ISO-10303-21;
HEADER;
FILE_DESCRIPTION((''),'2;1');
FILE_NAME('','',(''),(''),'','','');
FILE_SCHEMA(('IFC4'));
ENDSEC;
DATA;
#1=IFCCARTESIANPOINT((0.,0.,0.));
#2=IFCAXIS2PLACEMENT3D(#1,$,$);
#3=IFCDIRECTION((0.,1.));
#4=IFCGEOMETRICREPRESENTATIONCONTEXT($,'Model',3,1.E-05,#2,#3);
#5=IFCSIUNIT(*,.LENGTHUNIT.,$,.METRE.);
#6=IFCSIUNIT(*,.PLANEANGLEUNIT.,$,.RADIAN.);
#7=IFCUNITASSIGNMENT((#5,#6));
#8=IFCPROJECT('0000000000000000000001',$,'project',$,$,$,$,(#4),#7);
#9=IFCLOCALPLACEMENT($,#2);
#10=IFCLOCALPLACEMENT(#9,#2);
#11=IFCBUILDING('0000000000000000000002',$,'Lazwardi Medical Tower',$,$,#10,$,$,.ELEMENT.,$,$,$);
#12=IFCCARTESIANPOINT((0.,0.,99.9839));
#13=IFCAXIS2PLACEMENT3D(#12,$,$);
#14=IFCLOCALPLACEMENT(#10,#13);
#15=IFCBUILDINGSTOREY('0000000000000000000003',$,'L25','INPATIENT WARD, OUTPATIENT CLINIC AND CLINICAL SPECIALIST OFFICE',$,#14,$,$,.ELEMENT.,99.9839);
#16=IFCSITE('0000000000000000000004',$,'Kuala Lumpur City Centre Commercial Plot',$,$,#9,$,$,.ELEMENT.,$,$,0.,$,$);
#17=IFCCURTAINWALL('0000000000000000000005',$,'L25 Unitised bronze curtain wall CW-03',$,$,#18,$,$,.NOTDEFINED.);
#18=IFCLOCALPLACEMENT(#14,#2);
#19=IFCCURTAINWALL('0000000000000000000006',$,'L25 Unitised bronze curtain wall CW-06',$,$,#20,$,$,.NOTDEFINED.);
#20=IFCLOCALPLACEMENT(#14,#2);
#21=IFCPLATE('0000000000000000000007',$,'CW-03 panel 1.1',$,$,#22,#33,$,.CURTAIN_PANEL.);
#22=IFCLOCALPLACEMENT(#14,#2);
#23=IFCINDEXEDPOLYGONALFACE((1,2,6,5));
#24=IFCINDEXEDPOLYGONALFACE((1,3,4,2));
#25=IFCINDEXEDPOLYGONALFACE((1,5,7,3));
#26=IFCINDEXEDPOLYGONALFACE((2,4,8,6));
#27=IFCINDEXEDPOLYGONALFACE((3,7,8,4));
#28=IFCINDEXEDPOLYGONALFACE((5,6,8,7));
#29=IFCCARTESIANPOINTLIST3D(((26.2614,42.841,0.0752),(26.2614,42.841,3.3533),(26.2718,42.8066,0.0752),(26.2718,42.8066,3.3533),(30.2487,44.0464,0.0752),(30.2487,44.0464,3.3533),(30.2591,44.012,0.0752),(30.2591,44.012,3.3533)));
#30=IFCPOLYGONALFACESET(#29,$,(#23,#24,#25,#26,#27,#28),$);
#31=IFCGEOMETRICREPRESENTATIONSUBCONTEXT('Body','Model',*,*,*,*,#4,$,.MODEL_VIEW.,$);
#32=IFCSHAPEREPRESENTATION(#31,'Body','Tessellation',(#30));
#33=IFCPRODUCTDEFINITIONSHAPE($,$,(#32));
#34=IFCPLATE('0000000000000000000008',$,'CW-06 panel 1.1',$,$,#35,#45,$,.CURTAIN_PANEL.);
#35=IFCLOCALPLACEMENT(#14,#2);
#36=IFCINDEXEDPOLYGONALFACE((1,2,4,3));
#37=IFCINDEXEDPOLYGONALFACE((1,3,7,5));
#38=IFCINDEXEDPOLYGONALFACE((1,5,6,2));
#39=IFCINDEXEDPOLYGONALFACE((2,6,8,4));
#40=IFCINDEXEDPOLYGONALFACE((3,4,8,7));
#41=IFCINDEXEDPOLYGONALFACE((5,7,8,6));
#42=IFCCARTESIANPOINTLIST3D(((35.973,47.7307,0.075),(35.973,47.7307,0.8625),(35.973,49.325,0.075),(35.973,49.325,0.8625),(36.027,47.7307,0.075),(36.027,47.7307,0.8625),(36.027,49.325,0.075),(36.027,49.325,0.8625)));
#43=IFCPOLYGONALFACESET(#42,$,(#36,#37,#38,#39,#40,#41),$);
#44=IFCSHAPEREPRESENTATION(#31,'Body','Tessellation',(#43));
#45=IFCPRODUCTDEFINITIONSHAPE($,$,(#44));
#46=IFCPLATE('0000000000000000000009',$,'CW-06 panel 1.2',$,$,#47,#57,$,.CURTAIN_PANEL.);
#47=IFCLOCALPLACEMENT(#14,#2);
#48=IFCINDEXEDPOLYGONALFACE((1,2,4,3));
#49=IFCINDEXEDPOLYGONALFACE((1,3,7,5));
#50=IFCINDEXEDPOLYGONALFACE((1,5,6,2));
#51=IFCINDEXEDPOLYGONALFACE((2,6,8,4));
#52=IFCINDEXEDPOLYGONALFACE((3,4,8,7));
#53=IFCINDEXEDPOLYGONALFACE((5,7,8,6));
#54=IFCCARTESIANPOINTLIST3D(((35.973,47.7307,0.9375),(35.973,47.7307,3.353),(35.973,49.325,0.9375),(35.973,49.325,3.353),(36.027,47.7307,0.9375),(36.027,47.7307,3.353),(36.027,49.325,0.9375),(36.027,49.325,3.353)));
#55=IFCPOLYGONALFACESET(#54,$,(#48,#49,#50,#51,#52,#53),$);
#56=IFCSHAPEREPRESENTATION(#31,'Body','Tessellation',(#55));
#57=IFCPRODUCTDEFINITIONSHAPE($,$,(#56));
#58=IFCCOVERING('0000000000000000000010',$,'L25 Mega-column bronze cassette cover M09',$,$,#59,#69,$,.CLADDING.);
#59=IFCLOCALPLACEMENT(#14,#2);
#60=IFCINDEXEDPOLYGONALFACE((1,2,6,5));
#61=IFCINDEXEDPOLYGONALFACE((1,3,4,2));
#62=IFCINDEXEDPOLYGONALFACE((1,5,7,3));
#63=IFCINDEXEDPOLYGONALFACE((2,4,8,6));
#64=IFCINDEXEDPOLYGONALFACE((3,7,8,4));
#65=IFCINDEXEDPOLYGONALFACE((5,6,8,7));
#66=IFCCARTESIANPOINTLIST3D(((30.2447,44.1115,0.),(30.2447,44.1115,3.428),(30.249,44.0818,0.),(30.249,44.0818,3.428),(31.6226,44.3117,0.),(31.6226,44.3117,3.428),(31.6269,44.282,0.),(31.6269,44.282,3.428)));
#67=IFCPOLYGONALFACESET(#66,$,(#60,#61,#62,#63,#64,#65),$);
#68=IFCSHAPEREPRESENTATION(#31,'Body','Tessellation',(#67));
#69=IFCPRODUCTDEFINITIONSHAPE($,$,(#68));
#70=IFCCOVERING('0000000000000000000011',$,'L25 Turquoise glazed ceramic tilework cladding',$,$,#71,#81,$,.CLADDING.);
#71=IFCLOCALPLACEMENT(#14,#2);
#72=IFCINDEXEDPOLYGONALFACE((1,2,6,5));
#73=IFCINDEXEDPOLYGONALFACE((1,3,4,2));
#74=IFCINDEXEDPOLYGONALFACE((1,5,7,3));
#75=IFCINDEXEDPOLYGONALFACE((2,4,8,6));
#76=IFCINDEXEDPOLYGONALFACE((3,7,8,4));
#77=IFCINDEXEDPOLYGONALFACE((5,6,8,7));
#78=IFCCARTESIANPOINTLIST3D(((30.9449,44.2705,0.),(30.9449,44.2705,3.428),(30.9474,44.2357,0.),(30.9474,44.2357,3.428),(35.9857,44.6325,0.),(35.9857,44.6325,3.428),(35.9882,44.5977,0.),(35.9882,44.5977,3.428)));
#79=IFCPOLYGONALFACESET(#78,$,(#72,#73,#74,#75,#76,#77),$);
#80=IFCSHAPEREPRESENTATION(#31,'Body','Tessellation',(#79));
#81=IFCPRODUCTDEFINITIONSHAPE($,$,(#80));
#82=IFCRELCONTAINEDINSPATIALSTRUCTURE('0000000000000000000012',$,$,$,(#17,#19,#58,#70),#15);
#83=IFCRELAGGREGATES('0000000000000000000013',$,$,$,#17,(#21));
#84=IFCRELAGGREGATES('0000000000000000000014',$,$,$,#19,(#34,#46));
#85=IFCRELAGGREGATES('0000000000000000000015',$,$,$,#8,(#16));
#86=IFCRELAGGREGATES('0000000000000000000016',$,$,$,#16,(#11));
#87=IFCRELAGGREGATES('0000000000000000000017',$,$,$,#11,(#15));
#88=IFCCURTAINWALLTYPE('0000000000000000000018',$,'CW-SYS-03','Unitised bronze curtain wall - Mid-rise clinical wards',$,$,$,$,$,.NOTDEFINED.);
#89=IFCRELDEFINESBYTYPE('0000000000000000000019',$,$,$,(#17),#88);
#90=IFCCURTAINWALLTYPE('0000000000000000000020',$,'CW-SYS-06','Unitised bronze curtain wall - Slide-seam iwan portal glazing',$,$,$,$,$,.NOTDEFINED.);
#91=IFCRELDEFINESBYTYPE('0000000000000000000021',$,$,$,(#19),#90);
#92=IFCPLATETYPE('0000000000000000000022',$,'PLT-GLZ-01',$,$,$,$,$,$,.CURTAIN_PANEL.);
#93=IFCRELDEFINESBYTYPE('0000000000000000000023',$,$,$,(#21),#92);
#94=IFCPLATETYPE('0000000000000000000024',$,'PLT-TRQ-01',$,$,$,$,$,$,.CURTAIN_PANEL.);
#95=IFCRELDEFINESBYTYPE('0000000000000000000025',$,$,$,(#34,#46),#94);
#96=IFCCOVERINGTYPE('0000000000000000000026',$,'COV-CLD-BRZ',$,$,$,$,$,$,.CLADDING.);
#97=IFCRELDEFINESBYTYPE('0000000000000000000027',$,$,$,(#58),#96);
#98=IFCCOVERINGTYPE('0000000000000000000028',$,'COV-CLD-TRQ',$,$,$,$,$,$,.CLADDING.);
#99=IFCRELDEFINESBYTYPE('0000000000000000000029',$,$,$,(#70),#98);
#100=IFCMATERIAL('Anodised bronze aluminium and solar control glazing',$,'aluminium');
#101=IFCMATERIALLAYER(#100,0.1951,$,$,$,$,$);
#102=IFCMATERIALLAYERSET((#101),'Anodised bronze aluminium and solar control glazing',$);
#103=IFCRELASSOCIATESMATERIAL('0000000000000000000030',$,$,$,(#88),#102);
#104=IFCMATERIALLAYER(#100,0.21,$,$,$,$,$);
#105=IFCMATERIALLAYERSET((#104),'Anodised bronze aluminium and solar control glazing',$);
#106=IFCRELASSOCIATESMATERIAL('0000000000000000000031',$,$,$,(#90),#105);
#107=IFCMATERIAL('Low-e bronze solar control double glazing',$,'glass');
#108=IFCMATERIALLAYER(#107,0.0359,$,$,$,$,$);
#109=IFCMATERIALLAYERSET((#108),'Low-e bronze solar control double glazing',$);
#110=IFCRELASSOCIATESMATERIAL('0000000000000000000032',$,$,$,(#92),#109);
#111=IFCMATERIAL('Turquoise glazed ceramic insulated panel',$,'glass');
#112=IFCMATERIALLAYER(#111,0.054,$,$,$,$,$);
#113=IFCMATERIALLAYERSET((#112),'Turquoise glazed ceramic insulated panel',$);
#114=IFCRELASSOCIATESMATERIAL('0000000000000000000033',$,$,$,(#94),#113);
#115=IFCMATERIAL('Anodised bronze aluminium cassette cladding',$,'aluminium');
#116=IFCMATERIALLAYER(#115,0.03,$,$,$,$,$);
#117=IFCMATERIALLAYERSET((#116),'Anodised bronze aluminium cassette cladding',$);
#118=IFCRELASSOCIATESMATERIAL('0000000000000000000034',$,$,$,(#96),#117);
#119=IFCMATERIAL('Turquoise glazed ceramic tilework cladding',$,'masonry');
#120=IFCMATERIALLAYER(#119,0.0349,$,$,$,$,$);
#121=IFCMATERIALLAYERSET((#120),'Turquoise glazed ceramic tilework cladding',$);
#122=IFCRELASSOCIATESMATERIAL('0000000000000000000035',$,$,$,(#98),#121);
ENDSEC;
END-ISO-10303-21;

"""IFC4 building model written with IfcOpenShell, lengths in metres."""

from ifc_helpers import new_model, si_unit, direction, frame, origin, origin_2d, place, context, subcontext, project, spatial, rectangle, extrude, material, layer, layer_set, type_object, element, aggregate, save


model = new_model("IFC4")

# Units and contexts
model_context = context("Model", 3, precision=1e-05, world=origin(), true_north=direction((0.0, 1.0)))
body_context = subcontext(model_context, "Body", "Model", "MODEL_VIEW")
ifc_project = project(units=[si_unit("LENGTHUNIT", "METRE"), si_unit("PLANEANGLEUNIT", "RADIAN")], contexts=[model_context])

# Site, building, storey
site_placement = place(None, origin())
site = spatial("IfcSite", under=ifc_project, at=site_placement, Name="Kuala Lumpur City Centre Commercial Plot", CompositionType="ELEMENT", RefElevation=0.0)
building_placement = place(site_placement, origin())
building = spatial("IfcBuilding", under=site, at=building_placement, Name="Lazwardi Medical Tower", CompositionType="ELEMENT")
storey_placement = place(building_placement, frame((0.0, 0.0, 99.9839)))
storey = spatial("IfcBuildingStorey", under=building, at=storey_placement, Name="L25", Description="INPATIENT WARD, OUTPATIENT CLINIC AND CLINICAL SPECIALIST OFFICE", CompositionType="ELEMENT", Elevation=99.9839)

# Curtain walls
ifc_material_1 = material(Name="Anodised bronze aluminium and solar control glazing", Category="aluminium")
ifc_layer_1 = layer(ifc_material_1, 0.1951)
ifc_layer_set_1 = layer_set([ifc_layer_1], Name="Anodised bronze aluminium and solar control glazing")
curtain_wall_type_1 = type_object("IfcCurtainWallType", Name="CW-SYS-03", Description="Unitised bronze curtain wall - Mid-rise clinical wards", PredefinedType="NOTDEFINED", material=ifc_layer_set_1)
curtain_wall_1_placement = place(storey_placement, origin())
curtain_wall_1 = element("IfcCurtainWall", 1, at=curtain_wall_1_placement, inside=storey, type_object=curtain_wall_type_1, Name="L25 Unitised bronze curtain wall CW-03", PredefinedType="NOTDEFINED")
ifc_layer_2 = layer(ifc_material_1, 0.21)
ifc_layer_set_2 = layer_set([ifc_layer_2], Name="Anodised bronze aluminium and solar control glazing")
curtain_wall_type_2 = type_object("IfcCurtainWallType", Name="CW-SYS-06", Description="Unitised bronze curtain wall - Slide-seam iwan portal glazing", PredefinedType="NOTDEFINED", material=ifc_layer_set_2)
curtain_wall_2_placement = place(storey_placement, origin())
curtain_wall_2 = element("IfcCurtainWall", 2, at=curtain_wall_2_placement, inside=storey, type_object=curtain_wall_type_2, Name="L25 Unitised bronze curtain wall CW-06", PredefinedType="NOTDEFINED")

# Plates
ifc_material_2 = material(Name="Low-e bronze solar control double glazing", Category="glass")
ifc_layer_3 = layer(ifc_material_2, 0.0359)
ifc_layer_set_3 = layer_set([ifc_layer_3], Name="Low-e bronze solar control double glazing")
plate_type_1 = type_object("IfcPlateType", Name="PLT-GLZ-01", PredefinedType="CURTAIN_PANEL", material=ifc_layer_set_3)
plate_1_placement = place(storey_placement, frame((28.2603, 43.4265, 0.0752), z_axis=(0.0, 0.0, 1.0), x_axis=(-0.957216, -0.289374, 0.0)))
plate_1 = element("IfcPlate", 3, at=plate_1_placement, type_object=plate_type_1, Name="CW-03 panel 1.1", PredefinedType="CURTAIN_PANEL", context=body_context, shape_type="SweptSolid", body=[
    extrude(rectangle(XDim=4.1655, YDim=0.0359, at=origin_2d()), origin(), (0.0, 0.0, 1.0), 3.2781),
])
aggregate(curtain_wall_1, [plate_1])
ifc_material_3 = material(Name="Turquoise glazed ceramic insulated panel", Category="glass")
ifc_layer_4 = layer(ifc_material_3, 0.054)
ifc_layer_set_4 = layer_set([ifc_layer_4], Name="Turquoise glazed ceramic insulated panel")
plate_type_2 = type_object("IfcPlateType", Name="PLT-TRQ-01", PredefinedType="CURTAIN_PANEL", material=ifc_layer_set_4)
plate_2_placement = place(storey_placement, frame((36.0, 48.5278, 0.075), z_axis=(0.0, 0.0, 1.0), x_axis=(0.0, -1.0, 0.0)))
plate_2 = element("IfcPlate", 4, at=plate_2_placement, type_object=plate_type_2, Name="CW-06 panel 1.1", PredefinedType="CURTAIN_PANEL", context=body_context, shape_type="SweptSolid", body=[
    extrude(rectangle(XDim=1.5942, YDim=0.054, at=origin_2d()), origin(), (0.0, 0.0, 1.0), 0.7876),
])
plate_3_placement = place(storey_placement, frame((36.0, 48.5278, 0.9375), z_axis=(0.0, 0.0, 1.0), x_axis=(0.0, -1.0, 0.0)))
plate_3 = element("IfcPlate", 5, at=plate_3_placement, type_object=plate_type_2, Name="CW-06 panel 1.2", PredefinedType="CURTAIN_PANEL", context=body_context, shape_type="SweptSolid", body=[
    extrude(rectangle(XDim=1.5942, YDim=0.054, at=origin_2d()), origin(), (0.0, 0.0, 1.0), 2.4155),
])
aggregate(curtain_wall_2, [plate_2, plate_3])

# Coverings
ifc_material_4 = material(Name="Anodised bronze aluminium cassette cladding", Category="aluminium")
ifc_layer_5 = layer(ifc_material_4, 0.03)
ifc_layer_set_5 = layer_set([ifc_layer_5], Name="Anodised bronze aluminium cassette cladding")
covering_type_1 = type_object("IfcCoveringType", Name="COV-CLD-BRZ", PredefinedType="CLADDING", material=ifc_layer_set_5)
covering_1_placement = place(storey_placement, frame((30.9358, 44.1968, 0.0), z_axis=(0.0, 0.0, 1.0), x_axis=(-0.989609, -0.143785, 0.0)))
element("IfcCovering", 6, at=covering_1_placement, inside=storey, type_object=covering_type_1, Name="L25 Mega-column bronze cassette cover M09", PredefinedType="CLADDING", context=body_context, shape_type="SweptSolid", body=[
    extrude(rectangle(XDim=1.3923, YDim=0.03, at=origin_2d()), origin(), (0.0, 0.0, 1.0), 3.428),
])
ifc_material_5 = material(Name="Turquoise glazed ceramic tilework cladding", Category="masonry")
ifc_layer_6 = layer(ifc_material_5, 0.0349)
ifc_layer_set_6 = layer_set([ifc_layer_6], Name="Turquoise glazed ceramic tilework cladding")
covering_type_2 = type_object("IfcCoveringType", Name="COV-CLD-TRQ", PredefinedType="CLADDING", material=ifc_layer_set_6)
covering_2_placement = place(storey_placement, frame((33.4666, 44.4341, 0.0), z_axis=(0.0, 0.0, 1.0), x_axis=(-0.997431, -0.071631, 0.0)))
element("IfcCovering", 7, at=covering_2_placement, inside=storey, type_object=covering_type_2, Name="L25 Turquoise glazed ceramic tilework cladding", PredefinedType="CLADDING", context=body_context, shape_type="SweptSolid", body=[
    extrude(rectangle(XDim=5.0537, YDim=0.0349, at=origin_2d()), origin(), (0.0, 0.0, 1.0), 3.428),
])

save(model, "model.ifc")
